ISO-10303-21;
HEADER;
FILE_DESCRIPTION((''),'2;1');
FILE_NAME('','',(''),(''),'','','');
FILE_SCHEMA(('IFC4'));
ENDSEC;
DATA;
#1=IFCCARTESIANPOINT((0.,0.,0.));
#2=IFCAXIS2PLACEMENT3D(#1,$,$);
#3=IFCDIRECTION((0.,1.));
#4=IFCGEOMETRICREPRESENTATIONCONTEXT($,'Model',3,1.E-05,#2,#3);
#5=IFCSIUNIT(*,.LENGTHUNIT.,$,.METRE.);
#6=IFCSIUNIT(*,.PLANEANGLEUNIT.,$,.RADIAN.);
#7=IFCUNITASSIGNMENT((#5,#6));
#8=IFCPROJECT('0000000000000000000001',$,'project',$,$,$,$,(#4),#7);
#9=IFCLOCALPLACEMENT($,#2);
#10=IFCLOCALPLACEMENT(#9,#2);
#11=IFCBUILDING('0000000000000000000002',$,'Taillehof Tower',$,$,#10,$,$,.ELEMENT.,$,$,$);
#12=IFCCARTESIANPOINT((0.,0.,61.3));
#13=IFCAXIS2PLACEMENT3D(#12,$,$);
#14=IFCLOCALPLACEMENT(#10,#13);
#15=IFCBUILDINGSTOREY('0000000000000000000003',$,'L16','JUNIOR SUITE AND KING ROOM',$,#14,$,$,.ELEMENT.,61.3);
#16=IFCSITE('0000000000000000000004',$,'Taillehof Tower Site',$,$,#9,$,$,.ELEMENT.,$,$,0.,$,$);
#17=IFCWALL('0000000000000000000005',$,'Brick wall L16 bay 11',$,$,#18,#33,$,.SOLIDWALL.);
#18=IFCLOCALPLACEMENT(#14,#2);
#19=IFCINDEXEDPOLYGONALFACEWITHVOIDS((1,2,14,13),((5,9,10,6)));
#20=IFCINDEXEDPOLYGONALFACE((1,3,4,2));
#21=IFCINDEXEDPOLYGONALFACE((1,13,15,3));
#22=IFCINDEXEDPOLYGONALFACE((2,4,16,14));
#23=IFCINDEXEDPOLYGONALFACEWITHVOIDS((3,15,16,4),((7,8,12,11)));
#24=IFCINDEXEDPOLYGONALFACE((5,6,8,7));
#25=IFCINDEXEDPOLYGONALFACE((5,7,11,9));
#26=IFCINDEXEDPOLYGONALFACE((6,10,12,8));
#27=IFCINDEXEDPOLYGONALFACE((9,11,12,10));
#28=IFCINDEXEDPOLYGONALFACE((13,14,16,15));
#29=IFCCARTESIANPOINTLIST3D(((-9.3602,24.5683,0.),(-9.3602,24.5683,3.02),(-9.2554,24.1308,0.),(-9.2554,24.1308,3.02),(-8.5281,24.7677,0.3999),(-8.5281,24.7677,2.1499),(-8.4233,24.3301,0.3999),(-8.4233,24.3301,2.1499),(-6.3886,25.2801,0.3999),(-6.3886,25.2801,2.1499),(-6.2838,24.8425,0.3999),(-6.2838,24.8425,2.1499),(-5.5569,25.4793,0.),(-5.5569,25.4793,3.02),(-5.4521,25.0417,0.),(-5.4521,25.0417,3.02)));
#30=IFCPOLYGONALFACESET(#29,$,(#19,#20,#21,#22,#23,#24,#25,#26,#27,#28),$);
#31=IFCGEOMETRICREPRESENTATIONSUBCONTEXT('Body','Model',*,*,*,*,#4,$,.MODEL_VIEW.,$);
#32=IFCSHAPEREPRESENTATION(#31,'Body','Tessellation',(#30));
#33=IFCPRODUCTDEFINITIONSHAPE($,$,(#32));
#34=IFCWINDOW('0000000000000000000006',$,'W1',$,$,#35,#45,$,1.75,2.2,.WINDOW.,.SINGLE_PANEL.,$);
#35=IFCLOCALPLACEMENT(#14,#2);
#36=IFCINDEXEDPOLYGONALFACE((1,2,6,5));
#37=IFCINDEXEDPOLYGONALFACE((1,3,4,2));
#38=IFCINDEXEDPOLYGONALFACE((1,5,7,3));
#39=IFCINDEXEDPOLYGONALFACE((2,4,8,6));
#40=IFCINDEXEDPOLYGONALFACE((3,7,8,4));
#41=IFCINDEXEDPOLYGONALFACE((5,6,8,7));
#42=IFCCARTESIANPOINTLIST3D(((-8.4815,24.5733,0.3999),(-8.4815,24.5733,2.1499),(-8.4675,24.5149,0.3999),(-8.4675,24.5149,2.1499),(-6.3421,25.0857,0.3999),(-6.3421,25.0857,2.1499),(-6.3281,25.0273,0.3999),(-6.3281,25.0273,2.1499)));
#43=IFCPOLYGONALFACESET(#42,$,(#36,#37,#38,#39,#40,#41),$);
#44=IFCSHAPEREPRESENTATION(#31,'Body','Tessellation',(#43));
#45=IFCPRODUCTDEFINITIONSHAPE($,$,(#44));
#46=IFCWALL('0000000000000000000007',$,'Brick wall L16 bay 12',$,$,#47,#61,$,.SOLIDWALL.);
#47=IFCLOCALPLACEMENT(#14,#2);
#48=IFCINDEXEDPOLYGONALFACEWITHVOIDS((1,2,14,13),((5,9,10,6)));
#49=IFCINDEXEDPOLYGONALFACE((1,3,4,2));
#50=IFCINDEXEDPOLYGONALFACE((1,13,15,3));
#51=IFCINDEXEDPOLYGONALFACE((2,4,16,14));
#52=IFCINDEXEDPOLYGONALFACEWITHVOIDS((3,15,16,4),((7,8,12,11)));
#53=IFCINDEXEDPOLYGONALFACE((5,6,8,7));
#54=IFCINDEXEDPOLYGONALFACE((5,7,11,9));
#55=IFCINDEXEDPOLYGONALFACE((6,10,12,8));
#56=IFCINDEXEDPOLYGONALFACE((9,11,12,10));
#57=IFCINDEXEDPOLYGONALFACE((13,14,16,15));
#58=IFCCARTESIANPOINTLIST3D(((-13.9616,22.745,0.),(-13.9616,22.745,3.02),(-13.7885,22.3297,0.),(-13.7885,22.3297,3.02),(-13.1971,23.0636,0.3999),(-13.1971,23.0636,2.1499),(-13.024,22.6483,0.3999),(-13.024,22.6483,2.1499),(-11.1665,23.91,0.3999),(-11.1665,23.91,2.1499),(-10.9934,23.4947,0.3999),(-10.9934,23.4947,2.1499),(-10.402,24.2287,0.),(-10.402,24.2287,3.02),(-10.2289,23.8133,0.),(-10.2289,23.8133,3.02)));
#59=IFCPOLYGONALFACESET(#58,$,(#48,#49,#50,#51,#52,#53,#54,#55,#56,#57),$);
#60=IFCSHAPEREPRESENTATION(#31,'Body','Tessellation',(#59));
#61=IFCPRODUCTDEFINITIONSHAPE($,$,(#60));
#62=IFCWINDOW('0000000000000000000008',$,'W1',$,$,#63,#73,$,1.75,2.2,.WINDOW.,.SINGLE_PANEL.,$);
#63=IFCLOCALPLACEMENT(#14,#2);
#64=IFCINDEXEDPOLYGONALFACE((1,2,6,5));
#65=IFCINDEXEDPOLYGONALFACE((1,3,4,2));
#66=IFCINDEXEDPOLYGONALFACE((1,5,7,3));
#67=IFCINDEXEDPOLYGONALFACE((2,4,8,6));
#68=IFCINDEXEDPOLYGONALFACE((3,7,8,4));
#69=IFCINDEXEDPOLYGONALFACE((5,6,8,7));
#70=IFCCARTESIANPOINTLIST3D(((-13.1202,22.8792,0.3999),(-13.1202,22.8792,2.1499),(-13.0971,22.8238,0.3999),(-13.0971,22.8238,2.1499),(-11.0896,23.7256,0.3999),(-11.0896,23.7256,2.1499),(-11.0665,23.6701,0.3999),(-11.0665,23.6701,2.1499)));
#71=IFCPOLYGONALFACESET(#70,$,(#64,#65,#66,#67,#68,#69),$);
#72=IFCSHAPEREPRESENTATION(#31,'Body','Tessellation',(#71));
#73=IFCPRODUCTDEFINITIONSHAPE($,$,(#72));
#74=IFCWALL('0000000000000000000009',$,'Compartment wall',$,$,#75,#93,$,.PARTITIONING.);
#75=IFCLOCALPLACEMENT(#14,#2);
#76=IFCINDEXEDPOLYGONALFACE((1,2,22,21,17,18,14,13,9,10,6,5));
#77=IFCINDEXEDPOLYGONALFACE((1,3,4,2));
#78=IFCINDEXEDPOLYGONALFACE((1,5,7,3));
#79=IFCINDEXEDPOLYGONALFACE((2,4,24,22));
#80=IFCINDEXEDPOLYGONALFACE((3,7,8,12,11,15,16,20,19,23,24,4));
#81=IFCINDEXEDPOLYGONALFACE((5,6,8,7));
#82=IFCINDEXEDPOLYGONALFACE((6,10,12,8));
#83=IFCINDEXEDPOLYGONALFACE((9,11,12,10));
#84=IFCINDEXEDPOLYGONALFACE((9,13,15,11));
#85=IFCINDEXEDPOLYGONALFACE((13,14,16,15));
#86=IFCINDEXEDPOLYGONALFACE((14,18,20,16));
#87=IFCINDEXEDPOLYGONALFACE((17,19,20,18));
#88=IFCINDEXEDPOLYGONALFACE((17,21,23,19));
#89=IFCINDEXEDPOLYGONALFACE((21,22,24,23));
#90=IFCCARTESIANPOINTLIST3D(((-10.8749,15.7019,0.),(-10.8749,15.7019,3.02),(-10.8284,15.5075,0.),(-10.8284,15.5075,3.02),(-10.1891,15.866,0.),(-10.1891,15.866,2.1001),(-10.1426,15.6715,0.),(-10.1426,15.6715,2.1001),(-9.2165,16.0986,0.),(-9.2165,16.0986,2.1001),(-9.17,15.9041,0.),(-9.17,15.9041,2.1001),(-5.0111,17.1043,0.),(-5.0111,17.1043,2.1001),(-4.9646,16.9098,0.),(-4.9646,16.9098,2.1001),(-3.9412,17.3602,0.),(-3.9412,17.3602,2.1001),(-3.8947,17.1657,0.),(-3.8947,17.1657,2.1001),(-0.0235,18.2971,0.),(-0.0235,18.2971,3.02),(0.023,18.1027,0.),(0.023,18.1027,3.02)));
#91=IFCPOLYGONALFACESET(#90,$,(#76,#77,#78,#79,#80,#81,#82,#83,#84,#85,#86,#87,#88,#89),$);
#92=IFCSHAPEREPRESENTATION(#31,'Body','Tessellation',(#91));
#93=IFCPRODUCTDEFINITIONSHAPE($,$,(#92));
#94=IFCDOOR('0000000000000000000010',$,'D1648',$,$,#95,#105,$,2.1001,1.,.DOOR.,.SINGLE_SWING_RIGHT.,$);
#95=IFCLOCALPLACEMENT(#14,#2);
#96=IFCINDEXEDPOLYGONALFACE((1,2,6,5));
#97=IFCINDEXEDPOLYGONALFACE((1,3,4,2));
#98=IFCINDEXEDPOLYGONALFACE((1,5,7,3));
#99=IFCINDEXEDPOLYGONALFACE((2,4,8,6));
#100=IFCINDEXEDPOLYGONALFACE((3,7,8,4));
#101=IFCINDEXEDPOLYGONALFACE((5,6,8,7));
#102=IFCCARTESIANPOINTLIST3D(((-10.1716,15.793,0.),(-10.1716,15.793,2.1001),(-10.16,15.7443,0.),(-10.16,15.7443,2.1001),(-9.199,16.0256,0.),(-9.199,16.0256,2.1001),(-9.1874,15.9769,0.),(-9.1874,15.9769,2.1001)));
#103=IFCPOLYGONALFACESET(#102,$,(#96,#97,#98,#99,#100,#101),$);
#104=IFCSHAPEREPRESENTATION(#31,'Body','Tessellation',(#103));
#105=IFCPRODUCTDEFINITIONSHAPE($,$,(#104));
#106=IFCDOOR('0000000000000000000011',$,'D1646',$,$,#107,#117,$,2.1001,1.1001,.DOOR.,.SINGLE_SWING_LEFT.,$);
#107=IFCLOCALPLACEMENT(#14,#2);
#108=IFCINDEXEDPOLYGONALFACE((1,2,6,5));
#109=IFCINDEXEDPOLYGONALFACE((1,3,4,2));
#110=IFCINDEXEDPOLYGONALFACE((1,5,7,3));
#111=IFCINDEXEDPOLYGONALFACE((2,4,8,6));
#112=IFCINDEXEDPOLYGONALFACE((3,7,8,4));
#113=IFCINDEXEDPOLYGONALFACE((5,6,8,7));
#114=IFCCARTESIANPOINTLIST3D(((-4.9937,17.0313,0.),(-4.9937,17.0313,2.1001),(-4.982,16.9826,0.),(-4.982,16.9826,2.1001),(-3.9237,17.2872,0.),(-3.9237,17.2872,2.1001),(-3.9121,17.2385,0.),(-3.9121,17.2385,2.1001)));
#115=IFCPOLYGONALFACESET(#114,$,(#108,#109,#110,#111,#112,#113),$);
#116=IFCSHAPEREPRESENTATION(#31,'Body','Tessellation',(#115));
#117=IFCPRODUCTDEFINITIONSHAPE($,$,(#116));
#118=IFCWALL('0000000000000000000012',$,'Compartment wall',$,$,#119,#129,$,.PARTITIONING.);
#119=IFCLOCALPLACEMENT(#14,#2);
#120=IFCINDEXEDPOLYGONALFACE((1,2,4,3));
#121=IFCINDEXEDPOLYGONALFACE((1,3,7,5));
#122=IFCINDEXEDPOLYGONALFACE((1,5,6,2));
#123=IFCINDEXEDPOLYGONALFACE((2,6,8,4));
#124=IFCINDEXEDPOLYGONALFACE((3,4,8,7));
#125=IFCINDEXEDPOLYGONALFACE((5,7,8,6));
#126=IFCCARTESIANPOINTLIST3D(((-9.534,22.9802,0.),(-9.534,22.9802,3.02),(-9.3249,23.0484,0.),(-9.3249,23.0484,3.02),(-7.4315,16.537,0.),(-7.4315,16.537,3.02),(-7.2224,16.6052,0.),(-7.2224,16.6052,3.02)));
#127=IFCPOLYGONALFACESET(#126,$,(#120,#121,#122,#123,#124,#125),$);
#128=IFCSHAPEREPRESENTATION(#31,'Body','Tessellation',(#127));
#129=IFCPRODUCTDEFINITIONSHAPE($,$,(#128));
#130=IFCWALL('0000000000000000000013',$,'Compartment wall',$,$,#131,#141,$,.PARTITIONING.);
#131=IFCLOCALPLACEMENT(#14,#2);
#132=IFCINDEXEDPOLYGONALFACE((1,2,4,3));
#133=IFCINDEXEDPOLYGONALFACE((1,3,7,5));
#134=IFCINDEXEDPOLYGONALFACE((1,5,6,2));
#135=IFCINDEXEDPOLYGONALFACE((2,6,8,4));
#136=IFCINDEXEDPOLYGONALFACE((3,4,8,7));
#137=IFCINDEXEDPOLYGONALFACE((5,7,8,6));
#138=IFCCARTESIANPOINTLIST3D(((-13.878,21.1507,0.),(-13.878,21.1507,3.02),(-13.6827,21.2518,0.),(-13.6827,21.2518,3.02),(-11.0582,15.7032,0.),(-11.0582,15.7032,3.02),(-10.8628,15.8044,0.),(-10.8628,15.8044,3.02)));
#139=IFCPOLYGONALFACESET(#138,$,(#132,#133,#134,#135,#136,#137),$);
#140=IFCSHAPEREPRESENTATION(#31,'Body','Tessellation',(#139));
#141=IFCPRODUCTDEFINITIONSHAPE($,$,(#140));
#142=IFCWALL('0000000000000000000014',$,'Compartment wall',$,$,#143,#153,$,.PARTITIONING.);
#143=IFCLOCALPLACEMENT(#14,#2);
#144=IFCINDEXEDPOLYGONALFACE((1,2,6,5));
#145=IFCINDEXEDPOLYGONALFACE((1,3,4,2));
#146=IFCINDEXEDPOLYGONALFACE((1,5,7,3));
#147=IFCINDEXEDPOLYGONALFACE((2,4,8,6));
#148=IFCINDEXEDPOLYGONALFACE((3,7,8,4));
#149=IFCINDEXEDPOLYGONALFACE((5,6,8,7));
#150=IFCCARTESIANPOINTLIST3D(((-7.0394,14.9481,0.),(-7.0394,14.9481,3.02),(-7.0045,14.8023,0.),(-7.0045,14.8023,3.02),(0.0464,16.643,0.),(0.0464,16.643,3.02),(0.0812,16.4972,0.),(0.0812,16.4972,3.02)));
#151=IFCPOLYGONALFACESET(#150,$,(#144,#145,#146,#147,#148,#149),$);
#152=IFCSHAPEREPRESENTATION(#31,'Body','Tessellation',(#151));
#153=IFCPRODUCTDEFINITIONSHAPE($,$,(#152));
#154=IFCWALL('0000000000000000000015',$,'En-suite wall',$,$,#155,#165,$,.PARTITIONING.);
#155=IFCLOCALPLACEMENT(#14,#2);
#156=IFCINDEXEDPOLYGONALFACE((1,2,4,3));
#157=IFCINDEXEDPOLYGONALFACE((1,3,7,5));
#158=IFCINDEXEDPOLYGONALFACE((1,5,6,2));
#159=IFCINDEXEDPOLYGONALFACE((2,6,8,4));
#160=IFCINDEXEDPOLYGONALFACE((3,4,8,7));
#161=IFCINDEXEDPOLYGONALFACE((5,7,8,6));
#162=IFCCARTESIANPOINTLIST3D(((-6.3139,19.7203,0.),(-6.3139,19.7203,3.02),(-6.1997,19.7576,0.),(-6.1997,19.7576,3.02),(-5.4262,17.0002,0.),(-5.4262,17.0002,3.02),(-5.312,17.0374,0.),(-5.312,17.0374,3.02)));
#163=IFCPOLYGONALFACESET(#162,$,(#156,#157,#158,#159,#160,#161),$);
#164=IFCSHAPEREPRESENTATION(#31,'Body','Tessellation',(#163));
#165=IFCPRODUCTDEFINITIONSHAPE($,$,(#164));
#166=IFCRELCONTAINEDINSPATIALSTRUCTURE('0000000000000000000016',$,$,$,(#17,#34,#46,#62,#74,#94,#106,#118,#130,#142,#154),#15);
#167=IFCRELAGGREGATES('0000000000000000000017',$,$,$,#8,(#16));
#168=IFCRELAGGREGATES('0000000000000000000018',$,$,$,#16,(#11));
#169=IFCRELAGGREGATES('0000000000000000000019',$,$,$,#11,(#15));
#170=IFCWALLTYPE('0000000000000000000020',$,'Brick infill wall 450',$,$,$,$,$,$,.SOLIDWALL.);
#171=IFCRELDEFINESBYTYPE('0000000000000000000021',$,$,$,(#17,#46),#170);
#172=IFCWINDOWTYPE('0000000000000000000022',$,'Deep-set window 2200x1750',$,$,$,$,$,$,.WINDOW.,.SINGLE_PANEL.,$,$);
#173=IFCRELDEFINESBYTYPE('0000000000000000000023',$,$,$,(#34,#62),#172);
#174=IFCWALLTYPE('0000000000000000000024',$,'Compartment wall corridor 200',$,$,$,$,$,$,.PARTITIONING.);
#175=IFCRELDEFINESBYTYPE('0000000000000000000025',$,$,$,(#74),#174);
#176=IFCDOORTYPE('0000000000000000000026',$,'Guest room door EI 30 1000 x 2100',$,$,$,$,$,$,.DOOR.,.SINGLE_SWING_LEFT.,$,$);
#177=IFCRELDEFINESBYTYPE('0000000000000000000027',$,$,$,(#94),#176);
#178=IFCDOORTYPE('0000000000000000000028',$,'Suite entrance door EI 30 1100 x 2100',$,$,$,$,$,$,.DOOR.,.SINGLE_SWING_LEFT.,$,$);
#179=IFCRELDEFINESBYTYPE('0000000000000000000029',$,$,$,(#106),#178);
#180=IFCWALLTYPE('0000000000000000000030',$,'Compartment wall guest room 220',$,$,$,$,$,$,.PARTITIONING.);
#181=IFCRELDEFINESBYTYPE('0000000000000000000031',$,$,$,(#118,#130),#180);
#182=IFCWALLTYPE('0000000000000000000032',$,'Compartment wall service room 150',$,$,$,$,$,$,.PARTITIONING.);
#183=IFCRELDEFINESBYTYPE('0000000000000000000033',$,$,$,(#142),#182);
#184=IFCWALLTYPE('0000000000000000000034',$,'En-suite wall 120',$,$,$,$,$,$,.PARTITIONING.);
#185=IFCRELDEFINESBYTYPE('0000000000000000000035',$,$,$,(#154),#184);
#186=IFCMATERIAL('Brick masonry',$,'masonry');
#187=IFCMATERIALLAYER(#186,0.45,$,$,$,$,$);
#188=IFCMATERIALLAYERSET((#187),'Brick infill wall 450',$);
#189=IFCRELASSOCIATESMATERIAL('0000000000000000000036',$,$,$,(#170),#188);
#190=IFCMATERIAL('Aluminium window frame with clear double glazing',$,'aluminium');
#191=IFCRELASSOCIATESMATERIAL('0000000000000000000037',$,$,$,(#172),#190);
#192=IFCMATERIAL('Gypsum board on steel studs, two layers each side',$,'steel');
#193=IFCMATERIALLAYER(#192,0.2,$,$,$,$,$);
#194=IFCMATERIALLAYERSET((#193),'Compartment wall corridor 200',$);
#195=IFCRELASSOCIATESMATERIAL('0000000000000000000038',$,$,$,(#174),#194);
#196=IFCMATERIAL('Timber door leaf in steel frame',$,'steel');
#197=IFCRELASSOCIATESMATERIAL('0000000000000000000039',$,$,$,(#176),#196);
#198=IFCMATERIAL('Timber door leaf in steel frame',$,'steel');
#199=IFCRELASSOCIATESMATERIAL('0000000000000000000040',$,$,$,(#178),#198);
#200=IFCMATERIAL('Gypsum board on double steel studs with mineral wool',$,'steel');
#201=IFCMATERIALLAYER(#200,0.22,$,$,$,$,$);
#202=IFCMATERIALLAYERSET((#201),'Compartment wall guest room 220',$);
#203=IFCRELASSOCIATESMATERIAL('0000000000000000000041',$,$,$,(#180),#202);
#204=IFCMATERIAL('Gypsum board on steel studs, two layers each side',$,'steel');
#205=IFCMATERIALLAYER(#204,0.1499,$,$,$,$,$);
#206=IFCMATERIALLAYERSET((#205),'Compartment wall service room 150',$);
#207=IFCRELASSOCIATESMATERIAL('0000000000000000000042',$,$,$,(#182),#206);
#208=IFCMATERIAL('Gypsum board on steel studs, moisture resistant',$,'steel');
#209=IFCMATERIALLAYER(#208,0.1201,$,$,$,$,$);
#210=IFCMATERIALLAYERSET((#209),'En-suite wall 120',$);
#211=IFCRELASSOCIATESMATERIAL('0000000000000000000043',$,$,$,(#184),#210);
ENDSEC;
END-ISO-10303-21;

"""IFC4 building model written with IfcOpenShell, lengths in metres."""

from ifc_helpers import new_model, si_unit, direction, frame, frame_2d, origin, place, context, subcontext, project, spatial, rectangle, extrude, material, layer, layer_set, type_object, element, fill, save


model = new_model("IFC4")

# Units and contexts
model_context = context("Model", 3, precision=1e-05, world=origin(), true_north=direction((0.0, 1.0)))
body_context = subcontext(model_context, "Body", "Model", "MODEL_VIEW")
ifc_project = project(units=[si_unit("LENGTHUNIT", "METRE"), si_unit("PLANEANGLEUNIT", "RADIAN")], contexts=[model_context])

# Site, building, storey
site_placement = place(None, origin())
site = spatial("IfcSite", under=ifc_project, at=site_placement, Name="Taillehof Tower Site", CompositionType="ELEMENT", RefElevation=0.0)
building_placement = place(site_placement, origin())
building = spatial("IfcBuilding", under=site, at=building_placement, Name="Taillehof Tower", CompositionType="ELEMENT")
storey_placement = place(building_placement, frame((0.0, 0.0, 61.3)))
storey = spatial("IfcBuildingStorey", under=building, at=storey_placement, Name="L16", Description="JUNIOR SUITE AND KING ROOM", CompositionType="ELEMENT", Elevation=61.3)

# Walls, openings, windows
ifc_material_1 = material(Name="Brick masonry", Category="masonry")
ifc_layer_1 = layer(ifc_material_1, 0.45)
ifc_layer_set_1 = layer_set([ifc_layer_1], Name="Brick infill wall 450")
wall_type_1 = type_object("IfcWallType", Name="Brick infill wall 450", PredefinedType="SOLIDWALL", material=ifc_layer_set_1)
ifc_material_2 = material(Name="Aluminium window frame with clear double glazing", Category="aluminium")
window_type = type_object("IfcWindowType", Name="Deep-set window 2200x1750", PartitioningType="SINGLE_PANEL", PredefinedType="WINDOW", material=ifc_material_2)
wall_1_placement = place(storey_placement, frame((-5.5044, 25.2605, 0.0), z_axis=(0.0, 0.0, 1.0), x_axis=(-0.972497, -0.232917, 0.0)))
wall_1 = element("IfcWall", 1, at=wall_1_placement, inside=storey, type_object=wall_type_1, Name="Brick wall L16 bay 11", PredefinedType="SOLIDWALL", context=body_context, shape_type="SweptSolid", body=[
    extrude(rectangle(XDim=3.9109, YDim=0.45, at=frame_2d((1.9556, 0.0))), origin(), (0.0, 0.0, 1.0), 3.02),
])
opening_1_placement = place(wall_1_placement, frame((0.8552, 0.0, 0.3999)))
opening_1 = element("IfcOpeningElement", 2, at=opening_1_placement, cuts=wall_1, PredefinedType="OPENING", context=body_context, shape_type="SweptSolid", body=[
    extrude(rectangle(XDim=2.2, YDim=1.75, at=frame_2d((1.1001, 0.875))), frame((0.0, 0.2349, 0.0), z_axis=(0.0, -1.0, 0.0), x_axis=(1.0, 0.0, 0.0)), (0.0, 0.0, 1.0), 0.47),
])
window_1_placement = place(opening_1_placement, origin())
window_1 = element("IfcWindow", 3, at=window_1_placement, inside=storey, type_object=window_type, Name="W1", OverallHeight=1.75, OverallWidth=2.2, PartitioningType="SINGLE_PANEL", PredefinedType="WINDOW", context=body_context, shape_type="SweptSolid", body=[
    extrude(rectangle(XDim=2.2, YDim=1.75, at=frame_2d((1.1001, 0.875))), frame((0.0, 0.0349, 0.0), z_axis=(0.0, -1.0, 0.0), x_axis=(1.0, 0.0, 0.0)), (0.0, 0.0, 1.0), 0.0601),
])
fill(opening_1, window_1)
wall_2_placement = place(storey_placement, frame((-10.3154, 24.021, 0.0), z_axis=(0.0, 0.0, 1.0), x_axis=(-0.923032, -0.384723, 0.0)))
wall_2 = element("IfcWall", 4, at=wall_2_placement, inside=storey, type_object=wall_type_1, Name="Brick wall L16 bay 12", PredefinedType="SOLIDWALL", context=body_context, shape_type="SweptSolid", body=[
    extrude(rectangle(XDim=3.8564, YDim=0.45, at=frame_2d((1.9282, 0.0))), origin(), (0.0, 0.0, 1.0), 3.02),
])
opening_2_placement = place(wall_2_placement, frame((0.8281, 0.0, 0.3999)))
opening_2 = element("IfcOpeningElement", 5, at=opening_2_placement, cuts=wall_2, PredefinedType="OPENING", context=body_context, shape_type="SweptSolid", body=[
    extrude(rectangle(XDim=2.2, YDim=1.75, at=frame_2d((1.1001, 0.875))), frame((0.0, 0.2349, 0.0), z_axis=(0.0, -1.0, 0.0), x_axis=(1.0, 0.0, 0.0)), (0.0, 0.0, 1.0), 0.47),
])
window_2_placement = place(opening_2_placement, origin())
window_2 = element("IfcWindow", 6, at=window_2_placement, inside=storey, type_object=window_type, Name="W1", OverallHeight=1.75, OverallWidth=2.2, PartitioningType="SINGLE_PANEL", PredefinedType="WINDOW", context=body_context, shape_type="SweptSolid", body=[
    extrude(rectangle(XDim=2.2, YDim=1.75, at=frame_2d((1.1001, 0.875))), frame((0.0, 0.0349, 0.0), z_axis=(0.0, -1.0, 0.0), x_axis=(1.0, 0.0, 0.0)), (0.0, 0.0, 1.0), 0.0601),
])
fill(opening_2, window_2)

# Wall, openings, doors
ifc_material_3 = material(Name="Gypsum board on steel studs, two layers each side", Category="steel")
ifc_layer_2 = layer(ifc_material_3, 0.2)
ifc_layer_set_2 = layer_set([ifc_layer_2], Name="Compartment wall corridor 200")
wall_type_2 = type_object("IfcWallType", Name="Compartment wall corridor 200", PredefinedType="PARTITIONING", material=ifc_layer_set_2)
wall_3_placement = place(storey_placement, frame((-10.8516, 15.6047, 0.0), z_axis=(0.0, 0.0, 1.0), x_axis=(0.972573, 0.232597, 0.0)))
wall_3 = element("IfcWall", 7, at=wall_3_placement, inside=storey, type_object=wall_type_2, Name="Compartment wall", PredefinedType="PARTITIONING", context=body_context, shape_type="SweptSolid", body=[
    extrude(rectangle(XDim=11.1575, YDim=0.2, at=frame_2d((5.5786, 0.0))), origin(), (0.0, 0.0, 1.0), 3.02),
])
opening_3_placement = place(wall_3_placement, frame((6.0291, 0.0, 0.0)))
opening_3 = element("IfcOpeningElement", 8, at=opening_3_placement, cuts=wall_3, PredefinedType="OPENING", context=body_context, shape_type="SweptSolid", body=[
    extrude(rectangle(XDim=1.1001, YDim=2.1001, at=frame_2d((0.55, 1.05))), frame((0.0, 0.1099, 0.0), z_axis=(0.0, -1.0, 0.0), x_axis=(1.0, 0.0, 0.0)), (0.0, 0.0, 1.0), 0.22),
])
opening_4_placement = place(wall_3_placement, frame((0.7051, 0.0, 0.0)))
opening_4 = element("IfcOpeningElement", 9, at=opening_4_placement, cuts=wall_3, PredefinedType="OPENING", context=body_context, shape_type="SweptSolid", body=[
    extrude(rectangle(XDim=1.0, YDim=2.1001, at=frame_2d((0.5, 1.05))), frame((0.0, 0.1099, 0.0), z_axis=(0.0, -1.0, 0.0), x_axis=(1.0, 0.0, 0.0)), (0.0, 0.0, 1.0), 0.22),
])
ifc_material_4 = material(Name="Timber door leaf in steel frame", Category="steel")
door_type_1 = type_object("IfcDoorType", Name="Guest room door EI 30 1000 x 2100", OperationType="SINGLE_SWING_LEFT", PredefinedType="DOOR", material=ifc_material_4)
door_1_placement = place(opening_4_placement, origin())
door_1 = element("IfcDoor", 10, at=door_1_placement, inside=storey, type_object=door_type_1, Name="D1648", OperationType="SINGLE_SWING_RIGHT", OverallHeight=2.1001, OverallWidth=1.0, PredefinedType="DOOR", context=body_context, shape_type="SweptSolid", body=[
    extrude(rectangle(XDim=1.0, YDim=2.1001, at=frame_2d((0.5, 1.05))), frame((0.0, 0.0249, 0.0), z_axis=(0.0, -1.0, 0.0), x_axis=(1.0, 0.0, 0.0)), (0.0, 0.0, 1.0), 0.05),
])
fill(opening_4, door_1)
ifc_material_5 = material(Name="Timber door leaf in steel frame", Category="steel")
door_type_2 = type_object("IfcDoorType", Name="Suite entrance door EI 30 1100 x 2100", OperationType="SINGLE_SWING_LEFT", PredefinedType="DOOR", material=ifc_material_5)
door_2_placement = place(opening_3_placement, origin())
door_2 = element("IfcDoor", 11, at=door_2_placement, inside=storey, type_object=door_type_2, Name="D1646", OperationType="SINGLE_SWING_LEFT", OverallHeight=2.1001, OverallWidth=1.1001, PredefinedType="DOOR", context=body_context, shape_type="SweptSolid", body=[
    extrude(rectangle(XDim=1.1001, YDim=2.1001, at=frame_2d((0.55, 1.05))), frame((0.0, 0.0249, 0.0), z_axis=(0.0, -1.0, 0.0), x_axis=(1.0, 0.0, 0.0)), (0.0, 0.0, 1.0), 0.05),
])
fill(opening_3, door_2)

# Walls
ifc_material_6 = material(Name="Gypsum board on double steel studs with mineral wool", Category="steel")
ifc_layer_3 = layer(ifc_material_6, 0.22)
ifc_layer_set_3 = layer_set([ifc_layer_3], Name="Compartment wall guest room 220")
wall_type_3 = type_object("IfcWallType", Name="Compartment wall guest room 220", PredefinedType="PARTITIONING", material=ifc_layer_set_3)
wall_4_placement = place(storey_placement, frame((-9.4294, 23.0142, 0.0), z_axis=(0.0, 0.0, 1.0), x_axis=(0.310224, -0.950664, 0.0)))
element("IfcWall", 12, at=wall_4_placement, inside=storey, type_object=wall_type_3, Name="Compartment wall", PredefinedType="PARTITIONING", context=body_context, shape_type="SweptSolid", body=[
    extrude(rectangle(XDim=6.7776, YDim=0.22, at=frame_2d((3.3887, 0.0))), origin(), (0.0, 0.0, 1.0), 3.02),
])
wall_5_placement = place(storey_placement, frame((-13.7803, 21.2012, 0.0), z_axis=(0.0, 0.0, 1.0), x_axis=(0.459699, -0.888075, 0.0)))
element("IfcWall", 13, at=wall_5_placement, inside=storey, type_object=wall_type_3, Name="Compartment wall", PredefinedType="PARTITIONING", context=body_context, shape_type="SweptSolid", body=[
    extrude(rectangle(XDim=6.134, YDim=0.22, at=frame_2d((3.0669, 0.0))), origin(), (0.0, 0.0, 1.0), 3.02),
])
ifc_material_7 = material(Name="Gypsum board on steel studs, two layers each side", Category="steel")
ifc_layer_4 = layer(ifc_material_7, 0.1499)
ifc_layer_set_4 = layer_set([ifc_layer_4], Name="Compartment wall service room 150")
wall_type_4 = type_object("IfcWallType", Name="Compartment wall service room 150", PredefinedType="PARTITIONING", material=ifc_layer_set_4)
wall_6_placement = place(storey_placement, frame((-7.022, 14.8752, 0.0), z_axis=(0.0, 0.0, 1.0), x_axis=(0.972566, 0.232628, 0.0)))
element("IfcWall", 14, at=wall_6_placement, inside=storey, type_object=wall_type_4, Name="Compartment wall", PredefinedType="PARTITIONING", context=body_context, shape_type="SweptSolid", body=[
    extrude(rectangle(XDim=7.2856, YDim=0.1499, at=frame_2d((3.6428, 0.0))), origin(), (0.0, 0.0, 1.0), 3.02),
])
ifc_material_8 = material(Name="Gypsum board on steel studs, moisture resistant", Category="steel")
ifc_layer_5 = layer(ifc_material_8, 0.1201)
ifc_layer_set_5 = layer_set([ifc_layer_5], Name="En-suite wall 120")
wall_type_5 = type_object("IfcWallType", Name="En-suite wall 120", PredefinedType="PARTITIONING", material=ifc_layer_set_5)
wall_7_placement = place(storey_placement, frame((-5.3691, 17.0188, 0.0), z_axis=(0.0, 0.0, 1.0), x_axis=(-0.310232, 0.950661, 0.0)))
element("IfcWall", 15, at=wall_7_placement, inside=storey, type_object=wall_type_5, Name="En-suite wall", PredefinedType="PARTITIONING", context=body_context, shape_type="SweptSolid", body=[
    extrude(rectangle(XDim=2.8613, YDim=0.1201, at=frame_2d((1.4307, 0.0))), origin(), (0.0, 0.0, 1.0), 3.02),
])

save(model, "model.ifc")
